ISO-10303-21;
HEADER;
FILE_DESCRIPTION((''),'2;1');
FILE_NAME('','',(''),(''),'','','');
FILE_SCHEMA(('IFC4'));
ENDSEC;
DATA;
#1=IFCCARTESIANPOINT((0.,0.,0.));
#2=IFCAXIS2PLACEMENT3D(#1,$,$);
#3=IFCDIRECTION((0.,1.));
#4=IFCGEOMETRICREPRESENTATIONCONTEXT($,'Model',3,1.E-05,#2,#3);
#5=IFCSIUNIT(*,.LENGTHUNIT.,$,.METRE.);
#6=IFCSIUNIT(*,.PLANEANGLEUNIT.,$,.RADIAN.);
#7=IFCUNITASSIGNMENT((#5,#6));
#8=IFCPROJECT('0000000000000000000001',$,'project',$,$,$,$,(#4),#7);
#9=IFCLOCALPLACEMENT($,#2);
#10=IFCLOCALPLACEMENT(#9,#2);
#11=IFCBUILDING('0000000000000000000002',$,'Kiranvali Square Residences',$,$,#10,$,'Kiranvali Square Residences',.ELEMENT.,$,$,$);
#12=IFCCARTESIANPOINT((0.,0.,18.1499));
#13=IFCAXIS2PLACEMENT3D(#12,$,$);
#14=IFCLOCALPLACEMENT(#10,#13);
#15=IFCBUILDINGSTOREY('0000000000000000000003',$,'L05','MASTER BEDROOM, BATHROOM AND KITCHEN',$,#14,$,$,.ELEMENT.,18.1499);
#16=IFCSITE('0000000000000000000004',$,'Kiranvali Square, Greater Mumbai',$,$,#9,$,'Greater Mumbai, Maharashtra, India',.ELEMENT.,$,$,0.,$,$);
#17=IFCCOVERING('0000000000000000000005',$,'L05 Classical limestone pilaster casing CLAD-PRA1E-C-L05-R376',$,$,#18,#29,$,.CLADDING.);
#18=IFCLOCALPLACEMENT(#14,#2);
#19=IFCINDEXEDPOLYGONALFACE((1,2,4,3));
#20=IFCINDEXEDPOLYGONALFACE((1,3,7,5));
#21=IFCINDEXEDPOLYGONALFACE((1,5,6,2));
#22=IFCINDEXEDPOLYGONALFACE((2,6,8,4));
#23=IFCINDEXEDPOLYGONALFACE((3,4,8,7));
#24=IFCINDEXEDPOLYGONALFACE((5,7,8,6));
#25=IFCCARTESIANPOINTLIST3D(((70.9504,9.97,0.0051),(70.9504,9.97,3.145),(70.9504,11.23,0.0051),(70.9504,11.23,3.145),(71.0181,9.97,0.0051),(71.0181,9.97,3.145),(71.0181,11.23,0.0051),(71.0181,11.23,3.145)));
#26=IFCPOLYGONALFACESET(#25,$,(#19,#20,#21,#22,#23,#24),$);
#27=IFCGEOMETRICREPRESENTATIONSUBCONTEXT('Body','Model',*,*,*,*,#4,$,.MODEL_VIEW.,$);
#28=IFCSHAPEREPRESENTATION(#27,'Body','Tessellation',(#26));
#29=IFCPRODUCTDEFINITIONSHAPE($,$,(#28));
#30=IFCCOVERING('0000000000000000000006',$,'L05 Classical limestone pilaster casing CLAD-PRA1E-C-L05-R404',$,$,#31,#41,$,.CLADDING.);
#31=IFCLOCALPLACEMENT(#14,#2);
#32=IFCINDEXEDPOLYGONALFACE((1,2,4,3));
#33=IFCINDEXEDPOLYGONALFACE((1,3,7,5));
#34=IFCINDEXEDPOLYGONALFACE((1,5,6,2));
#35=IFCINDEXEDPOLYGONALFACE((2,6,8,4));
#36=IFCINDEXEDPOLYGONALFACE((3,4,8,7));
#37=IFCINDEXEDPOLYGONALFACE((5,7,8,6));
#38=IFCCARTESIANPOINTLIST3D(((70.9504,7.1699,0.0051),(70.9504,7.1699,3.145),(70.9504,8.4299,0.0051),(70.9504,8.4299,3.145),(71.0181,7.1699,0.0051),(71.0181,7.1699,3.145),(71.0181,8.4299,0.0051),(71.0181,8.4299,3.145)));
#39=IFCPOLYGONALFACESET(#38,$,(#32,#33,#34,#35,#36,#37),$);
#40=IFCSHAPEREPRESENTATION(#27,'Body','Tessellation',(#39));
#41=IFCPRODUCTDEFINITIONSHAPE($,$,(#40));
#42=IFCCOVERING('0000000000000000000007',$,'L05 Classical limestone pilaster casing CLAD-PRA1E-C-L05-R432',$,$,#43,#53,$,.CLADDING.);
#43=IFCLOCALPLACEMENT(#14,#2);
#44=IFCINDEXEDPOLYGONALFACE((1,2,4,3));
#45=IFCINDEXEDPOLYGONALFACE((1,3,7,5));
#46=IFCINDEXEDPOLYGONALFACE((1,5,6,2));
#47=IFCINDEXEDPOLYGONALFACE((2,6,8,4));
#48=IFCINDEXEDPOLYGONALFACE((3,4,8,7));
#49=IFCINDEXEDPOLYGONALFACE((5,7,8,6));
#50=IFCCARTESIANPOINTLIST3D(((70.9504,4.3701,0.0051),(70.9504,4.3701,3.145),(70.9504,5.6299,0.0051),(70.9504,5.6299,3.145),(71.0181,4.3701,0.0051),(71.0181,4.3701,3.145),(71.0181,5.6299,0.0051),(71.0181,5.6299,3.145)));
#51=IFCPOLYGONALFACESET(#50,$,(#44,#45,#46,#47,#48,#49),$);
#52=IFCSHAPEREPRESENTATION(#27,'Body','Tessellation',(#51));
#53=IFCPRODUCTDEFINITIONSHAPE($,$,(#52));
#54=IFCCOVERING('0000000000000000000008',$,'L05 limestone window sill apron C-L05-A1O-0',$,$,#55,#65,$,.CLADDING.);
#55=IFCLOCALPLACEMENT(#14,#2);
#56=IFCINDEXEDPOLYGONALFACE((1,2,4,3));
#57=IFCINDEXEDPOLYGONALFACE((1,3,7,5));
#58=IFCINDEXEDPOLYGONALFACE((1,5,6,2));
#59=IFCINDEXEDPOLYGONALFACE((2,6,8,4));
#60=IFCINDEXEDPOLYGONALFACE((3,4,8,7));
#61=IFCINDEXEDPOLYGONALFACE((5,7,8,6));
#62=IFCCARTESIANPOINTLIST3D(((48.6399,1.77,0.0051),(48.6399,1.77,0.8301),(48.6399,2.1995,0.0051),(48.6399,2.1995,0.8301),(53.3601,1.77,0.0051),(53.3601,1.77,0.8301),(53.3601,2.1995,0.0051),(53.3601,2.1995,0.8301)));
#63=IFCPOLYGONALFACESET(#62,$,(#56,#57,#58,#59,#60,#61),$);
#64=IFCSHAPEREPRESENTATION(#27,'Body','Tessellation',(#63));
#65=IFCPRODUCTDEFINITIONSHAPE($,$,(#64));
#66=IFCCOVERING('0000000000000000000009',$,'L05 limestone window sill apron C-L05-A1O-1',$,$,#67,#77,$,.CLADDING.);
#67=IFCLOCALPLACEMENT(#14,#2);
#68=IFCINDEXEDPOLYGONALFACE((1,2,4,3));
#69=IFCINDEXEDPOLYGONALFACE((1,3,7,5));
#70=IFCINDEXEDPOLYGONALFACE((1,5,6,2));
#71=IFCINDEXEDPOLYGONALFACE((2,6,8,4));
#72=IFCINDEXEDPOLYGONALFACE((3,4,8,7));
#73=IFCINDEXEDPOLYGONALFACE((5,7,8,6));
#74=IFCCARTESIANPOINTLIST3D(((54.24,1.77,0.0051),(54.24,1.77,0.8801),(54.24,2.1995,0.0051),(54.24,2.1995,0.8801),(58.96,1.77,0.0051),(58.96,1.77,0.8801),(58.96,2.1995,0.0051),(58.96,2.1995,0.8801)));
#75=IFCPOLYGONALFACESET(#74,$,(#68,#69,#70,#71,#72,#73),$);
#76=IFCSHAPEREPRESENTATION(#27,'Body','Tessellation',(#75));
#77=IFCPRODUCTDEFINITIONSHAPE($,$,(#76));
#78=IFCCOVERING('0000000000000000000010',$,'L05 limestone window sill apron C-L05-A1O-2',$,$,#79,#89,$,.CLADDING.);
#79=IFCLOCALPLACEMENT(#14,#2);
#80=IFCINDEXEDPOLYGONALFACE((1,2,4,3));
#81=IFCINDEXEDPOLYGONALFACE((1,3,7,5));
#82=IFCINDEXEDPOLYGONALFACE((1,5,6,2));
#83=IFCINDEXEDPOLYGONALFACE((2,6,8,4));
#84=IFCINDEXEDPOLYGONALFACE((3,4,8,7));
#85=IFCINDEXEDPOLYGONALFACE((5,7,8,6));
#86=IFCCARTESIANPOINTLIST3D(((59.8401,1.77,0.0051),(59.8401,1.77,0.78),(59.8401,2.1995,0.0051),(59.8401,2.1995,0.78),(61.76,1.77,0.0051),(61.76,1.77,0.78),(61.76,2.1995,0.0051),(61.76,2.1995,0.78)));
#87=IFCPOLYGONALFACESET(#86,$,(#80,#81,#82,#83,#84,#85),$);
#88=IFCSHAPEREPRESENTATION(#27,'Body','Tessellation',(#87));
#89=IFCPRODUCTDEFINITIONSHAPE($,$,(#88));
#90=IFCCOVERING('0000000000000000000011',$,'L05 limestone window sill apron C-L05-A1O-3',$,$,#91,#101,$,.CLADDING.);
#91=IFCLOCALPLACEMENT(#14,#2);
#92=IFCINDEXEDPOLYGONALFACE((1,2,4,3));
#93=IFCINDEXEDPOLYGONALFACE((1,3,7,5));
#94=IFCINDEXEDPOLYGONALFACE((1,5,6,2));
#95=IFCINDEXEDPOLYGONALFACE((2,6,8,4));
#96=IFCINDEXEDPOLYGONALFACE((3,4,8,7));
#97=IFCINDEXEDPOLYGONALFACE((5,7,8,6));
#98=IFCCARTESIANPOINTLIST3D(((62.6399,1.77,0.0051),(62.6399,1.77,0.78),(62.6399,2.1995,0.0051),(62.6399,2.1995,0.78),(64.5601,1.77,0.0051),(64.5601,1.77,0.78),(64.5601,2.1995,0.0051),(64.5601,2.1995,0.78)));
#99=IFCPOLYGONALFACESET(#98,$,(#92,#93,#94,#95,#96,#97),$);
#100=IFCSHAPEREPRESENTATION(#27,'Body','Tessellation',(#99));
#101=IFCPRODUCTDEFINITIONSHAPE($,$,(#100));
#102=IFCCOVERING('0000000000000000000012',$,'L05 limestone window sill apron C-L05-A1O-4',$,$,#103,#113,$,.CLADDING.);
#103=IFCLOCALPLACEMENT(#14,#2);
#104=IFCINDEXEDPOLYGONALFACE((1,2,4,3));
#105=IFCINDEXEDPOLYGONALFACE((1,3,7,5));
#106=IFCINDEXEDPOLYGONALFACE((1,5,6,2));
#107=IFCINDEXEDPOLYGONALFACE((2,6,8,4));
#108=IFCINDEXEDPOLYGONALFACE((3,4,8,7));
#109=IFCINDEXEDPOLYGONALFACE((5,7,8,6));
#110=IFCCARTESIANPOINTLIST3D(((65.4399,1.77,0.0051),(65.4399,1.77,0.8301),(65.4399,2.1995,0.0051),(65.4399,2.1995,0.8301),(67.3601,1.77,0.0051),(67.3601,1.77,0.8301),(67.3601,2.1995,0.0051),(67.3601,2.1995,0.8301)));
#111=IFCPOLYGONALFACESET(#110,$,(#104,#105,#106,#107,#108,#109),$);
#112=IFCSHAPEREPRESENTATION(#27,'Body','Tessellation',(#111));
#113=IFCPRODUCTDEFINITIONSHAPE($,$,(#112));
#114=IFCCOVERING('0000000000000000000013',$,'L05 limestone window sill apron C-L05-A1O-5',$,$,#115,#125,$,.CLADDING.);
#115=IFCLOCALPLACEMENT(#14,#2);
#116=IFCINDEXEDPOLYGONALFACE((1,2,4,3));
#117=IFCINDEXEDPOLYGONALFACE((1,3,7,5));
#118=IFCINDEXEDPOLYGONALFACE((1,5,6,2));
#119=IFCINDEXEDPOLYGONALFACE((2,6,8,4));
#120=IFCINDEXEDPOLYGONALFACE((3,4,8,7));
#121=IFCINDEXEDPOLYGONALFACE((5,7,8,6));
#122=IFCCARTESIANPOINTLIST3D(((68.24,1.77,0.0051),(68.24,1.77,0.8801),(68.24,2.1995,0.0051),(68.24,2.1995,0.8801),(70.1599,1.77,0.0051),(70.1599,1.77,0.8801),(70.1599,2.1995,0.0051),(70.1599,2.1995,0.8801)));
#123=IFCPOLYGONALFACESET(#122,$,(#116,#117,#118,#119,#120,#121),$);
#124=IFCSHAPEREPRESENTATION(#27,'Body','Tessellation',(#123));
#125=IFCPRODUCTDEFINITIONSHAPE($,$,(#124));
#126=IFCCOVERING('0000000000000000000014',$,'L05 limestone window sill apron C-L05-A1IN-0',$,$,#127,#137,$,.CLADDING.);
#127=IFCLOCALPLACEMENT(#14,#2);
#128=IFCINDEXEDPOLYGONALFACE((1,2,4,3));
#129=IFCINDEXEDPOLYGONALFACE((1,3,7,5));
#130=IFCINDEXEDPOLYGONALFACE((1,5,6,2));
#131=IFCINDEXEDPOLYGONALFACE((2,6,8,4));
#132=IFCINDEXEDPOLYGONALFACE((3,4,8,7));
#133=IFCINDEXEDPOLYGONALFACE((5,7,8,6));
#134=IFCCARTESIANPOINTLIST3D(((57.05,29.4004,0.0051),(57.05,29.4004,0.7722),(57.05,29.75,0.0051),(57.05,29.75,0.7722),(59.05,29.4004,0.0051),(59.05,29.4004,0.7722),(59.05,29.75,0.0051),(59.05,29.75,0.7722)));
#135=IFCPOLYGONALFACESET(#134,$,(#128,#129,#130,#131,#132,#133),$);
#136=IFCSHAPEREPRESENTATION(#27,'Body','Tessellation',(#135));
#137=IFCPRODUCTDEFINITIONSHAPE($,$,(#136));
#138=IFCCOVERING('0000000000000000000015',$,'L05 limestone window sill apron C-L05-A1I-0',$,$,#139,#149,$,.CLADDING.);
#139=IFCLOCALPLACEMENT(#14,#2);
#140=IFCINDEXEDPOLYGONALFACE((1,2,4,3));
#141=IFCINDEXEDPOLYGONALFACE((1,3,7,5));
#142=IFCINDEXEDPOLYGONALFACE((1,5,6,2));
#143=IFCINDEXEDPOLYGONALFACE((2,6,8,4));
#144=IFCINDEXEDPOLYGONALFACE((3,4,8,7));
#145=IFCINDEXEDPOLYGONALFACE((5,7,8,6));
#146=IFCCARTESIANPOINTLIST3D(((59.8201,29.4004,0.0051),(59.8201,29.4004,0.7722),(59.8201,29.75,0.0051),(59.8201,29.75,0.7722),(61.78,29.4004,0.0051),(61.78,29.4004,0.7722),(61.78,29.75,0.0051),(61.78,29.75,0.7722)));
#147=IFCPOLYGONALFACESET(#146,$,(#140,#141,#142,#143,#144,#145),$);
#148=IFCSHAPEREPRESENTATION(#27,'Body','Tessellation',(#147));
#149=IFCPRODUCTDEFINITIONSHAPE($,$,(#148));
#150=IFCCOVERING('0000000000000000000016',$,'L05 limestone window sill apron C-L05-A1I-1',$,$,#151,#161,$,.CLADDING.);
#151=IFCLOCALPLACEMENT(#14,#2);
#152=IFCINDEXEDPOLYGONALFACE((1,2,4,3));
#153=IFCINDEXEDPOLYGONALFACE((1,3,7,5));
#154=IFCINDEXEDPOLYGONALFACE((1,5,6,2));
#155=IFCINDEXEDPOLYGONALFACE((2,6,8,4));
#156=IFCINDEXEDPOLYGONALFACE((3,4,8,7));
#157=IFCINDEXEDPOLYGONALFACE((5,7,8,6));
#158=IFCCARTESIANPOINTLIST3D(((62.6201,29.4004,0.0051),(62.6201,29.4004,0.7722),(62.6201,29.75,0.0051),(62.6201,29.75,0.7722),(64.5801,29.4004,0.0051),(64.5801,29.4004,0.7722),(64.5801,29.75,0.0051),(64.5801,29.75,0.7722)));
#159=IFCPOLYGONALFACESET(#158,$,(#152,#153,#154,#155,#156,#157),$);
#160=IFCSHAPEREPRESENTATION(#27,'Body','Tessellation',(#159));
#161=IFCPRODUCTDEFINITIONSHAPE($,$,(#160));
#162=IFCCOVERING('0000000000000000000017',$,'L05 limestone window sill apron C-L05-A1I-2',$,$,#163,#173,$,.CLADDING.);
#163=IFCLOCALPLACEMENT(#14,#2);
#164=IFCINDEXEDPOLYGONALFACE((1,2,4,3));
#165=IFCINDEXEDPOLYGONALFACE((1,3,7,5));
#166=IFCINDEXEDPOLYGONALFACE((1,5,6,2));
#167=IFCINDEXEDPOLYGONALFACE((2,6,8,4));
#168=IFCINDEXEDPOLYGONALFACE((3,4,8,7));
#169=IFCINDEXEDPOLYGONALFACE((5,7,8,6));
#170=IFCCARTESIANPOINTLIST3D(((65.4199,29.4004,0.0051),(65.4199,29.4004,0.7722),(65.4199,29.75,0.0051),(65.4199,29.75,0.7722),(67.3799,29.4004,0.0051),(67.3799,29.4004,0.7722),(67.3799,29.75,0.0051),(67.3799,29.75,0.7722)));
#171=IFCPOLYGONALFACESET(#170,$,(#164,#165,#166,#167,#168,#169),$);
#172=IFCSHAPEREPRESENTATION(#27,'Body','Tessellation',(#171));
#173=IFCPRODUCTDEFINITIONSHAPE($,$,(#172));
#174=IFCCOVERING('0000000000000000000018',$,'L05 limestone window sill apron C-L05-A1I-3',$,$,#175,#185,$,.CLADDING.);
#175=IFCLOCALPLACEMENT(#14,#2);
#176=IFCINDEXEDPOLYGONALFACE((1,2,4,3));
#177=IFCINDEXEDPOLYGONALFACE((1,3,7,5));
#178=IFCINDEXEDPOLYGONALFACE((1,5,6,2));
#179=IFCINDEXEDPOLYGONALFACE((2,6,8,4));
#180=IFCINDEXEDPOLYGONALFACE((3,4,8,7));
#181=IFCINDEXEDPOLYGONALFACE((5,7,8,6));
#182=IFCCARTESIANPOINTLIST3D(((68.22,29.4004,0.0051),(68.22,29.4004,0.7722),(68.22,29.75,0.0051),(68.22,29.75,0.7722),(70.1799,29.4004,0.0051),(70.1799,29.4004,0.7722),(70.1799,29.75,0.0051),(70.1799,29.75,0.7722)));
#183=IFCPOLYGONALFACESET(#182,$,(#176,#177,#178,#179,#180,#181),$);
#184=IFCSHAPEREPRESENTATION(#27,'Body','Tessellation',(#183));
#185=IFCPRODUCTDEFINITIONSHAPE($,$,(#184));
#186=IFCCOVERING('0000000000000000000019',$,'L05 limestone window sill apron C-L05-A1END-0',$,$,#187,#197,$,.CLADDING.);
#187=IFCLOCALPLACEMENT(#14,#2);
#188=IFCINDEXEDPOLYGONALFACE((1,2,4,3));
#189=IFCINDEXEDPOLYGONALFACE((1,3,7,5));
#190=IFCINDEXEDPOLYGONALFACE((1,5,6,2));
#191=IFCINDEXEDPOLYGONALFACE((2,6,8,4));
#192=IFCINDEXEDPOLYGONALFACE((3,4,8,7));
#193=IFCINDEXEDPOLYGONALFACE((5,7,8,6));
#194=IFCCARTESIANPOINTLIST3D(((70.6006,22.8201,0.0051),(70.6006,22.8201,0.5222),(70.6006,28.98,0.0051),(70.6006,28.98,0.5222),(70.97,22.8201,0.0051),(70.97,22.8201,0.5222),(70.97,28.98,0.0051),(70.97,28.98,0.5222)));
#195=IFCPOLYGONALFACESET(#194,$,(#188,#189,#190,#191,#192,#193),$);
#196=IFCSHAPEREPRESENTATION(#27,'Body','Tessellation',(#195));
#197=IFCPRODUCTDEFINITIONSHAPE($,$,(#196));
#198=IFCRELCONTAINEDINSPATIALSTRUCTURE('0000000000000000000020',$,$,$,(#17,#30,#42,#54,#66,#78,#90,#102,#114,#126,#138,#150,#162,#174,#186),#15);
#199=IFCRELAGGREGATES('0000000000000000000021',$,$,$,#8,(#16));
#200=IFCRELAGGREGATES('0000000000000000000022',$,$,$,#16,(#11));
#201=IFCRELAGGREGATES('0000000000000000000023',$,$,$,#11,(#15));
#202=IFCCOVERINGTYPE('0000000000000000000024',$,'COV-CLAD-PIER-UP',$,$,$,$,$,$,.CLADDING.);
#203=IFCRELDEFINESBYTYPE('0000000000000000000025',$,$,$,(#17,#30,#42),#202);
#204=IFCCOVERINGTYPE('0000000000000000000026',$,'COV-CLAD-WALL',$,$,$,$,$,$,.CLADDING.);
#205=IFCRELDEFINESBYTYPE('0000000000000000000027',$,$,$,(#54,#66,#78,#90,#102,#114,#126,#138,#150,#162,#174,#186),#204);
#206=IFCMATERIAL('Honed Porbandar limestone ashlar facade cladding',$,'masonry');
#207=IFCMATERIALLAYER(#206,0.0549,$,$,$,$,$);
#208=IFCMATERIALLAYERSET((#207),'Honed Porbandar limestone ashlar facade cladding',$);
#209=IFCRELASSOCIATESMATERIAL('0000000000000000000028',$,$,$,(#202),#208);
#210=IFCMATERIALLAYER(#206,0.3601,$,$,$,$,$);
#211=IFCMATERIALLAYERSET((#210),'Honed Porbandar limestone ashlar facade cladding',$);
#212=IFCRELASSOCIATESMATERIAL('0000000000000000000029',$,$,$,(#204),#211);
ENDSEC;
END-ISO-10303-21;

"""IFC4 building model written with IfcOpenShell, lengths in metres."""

from ifc_helpers import new_model, si_unit, direction, frame, origin, place, context, subcontext, project, spatial, polyline, outline, extrude, material, layer, layer_set, type_object, element, save


model = new_model("IFC4")

# Units and contexts
model_context = context("Model", 3, precision=1e-05, world=origin(), true_north=direction((0.0, 1.0)))
body_context = subcontext(model_context, "Body", "Model", "MODEL_VIEW")
ifc_project = project(units=[si_unit("LENGTHUNIT", "METRE"), si_unit("PLANEANGLEUNIT", "RADIAN")], contexts=[model_context])

# Site, building, storey
site_placement = place(None, origin())
site = spatial("IfcSite", under=ifc_project, at=site_placement, Name="Kiranvali Square, Greater Mumbai", LongName="Greater Mumbai, Maharashtra, India", CompositionType="ELEMENT", RefElevation=0.0)
building_placement = place(site_placement, origin())
building = spatial("IfcBuilding", under=site, at=building_placement, Name="Kiranvali Square Residences", LongName="Kiranvali Square Residences", CompositionType="ELEMENT")
storey_placement = place(building_placement, frame((0.0, 0.0, 18.1499)))
storey = spatial("IfcBuildingStorey", under=building, at=storey_placement, Name="L05", Description="MASTER BEDROOM, BATHROOM AND KITCHEN", CompositionType="ELEMENT", Elevation=18.1499)

# Coverings
ifc_material = material(Name="Honed Porbandar limestone ashlar facade cladding", Category="masonry")
ifc_layer_1 = layer(ifc_material, 0.0549)
ifc_layer_set_1 = layer_set([ifc_layer_1], Name="Honed Porbandar limestone ashlar facade cladding")
covering_type_1 = type_object("IfcCoveringType", Name="COV-CLAD-PIER-UP", PredefinedType="CLADDING", material=ifc_layer_set_1)
covering_1_placement = place(storey_placement, frame((0.0, 0.0, 0.0051)))
element("IfcCovering", 1, at=covering_1_placement, inside=storey, type_object=covering_type_1, Name="L05 Classical limestone pilaster casing CLAD-PRA1E-C-L05-R376", PredefinedType="CLADDING", context=body_context, shape_type="SweptSolid", body=[
    extrude(outline(polyline([(70.9504, 11.23), (70.9504, 9.97), (71.0181, 9.97), (71.0181, 11.23), (70.9504, 11.23)])), origin(), (0.0, 0.0, 1.0), 3.1399),
])
covering_2_placement = place(storey_placement, frame((0.0, 0.0, 0.0051)))
element("IfcCovering", 2, at=covering_2_placement, inside=storey, type_object=covering_type_1, Name="L05 Classical limestone pilaster casing CLAD-PRA1E-C-L05-R404", PredefinedType="CLADDING", context=body_context, shape_type="SweptSolid", body=[
    extrude(outline(polyline([(70.9504, 8.4299), (70.9504, 7.1699), (71.0181, 7.1699), (71.0181, 8.4299), (70.9504, 8.4299)])), origin(), (0.0, 0.0, 1.0), 3.1399),
])
covering_3_placement = place(storey_placement, frame((0.0, 0.0, 0.0051)))
element("IfcCovering", 3, at=covering_3_placement, inside=storey, type_object=covering_type_1, Name="L05 Classical limestone pilaster casing CLAD-PRA1E-C-L05-R432", PredefinedType="CLADDING", context=body_context, shape_type="SweptSolid", body=[
    extrude(outline(polyline([(70.9504, 5.6299), (70.9504, 4.3701), (71.0181, 4.3701), (71.0181, 5.6299), (70.9504, 5.6299)])), origin(), (0.0, 0.0, 1.0), 3.1399),
])
ifc_layer_2 = layer(ifc_material, 0.3601)
ifc_layer_set_2 = layer_set([ifc_layer_2], Name="Honed Porbandar limestone ashlar facade cladding")
covering_type_2 = type_object("IfcCoveringType", Name="COV-CLAD-WALL", PredefinedType="CLADDING", material=ifc_layer_set_2)
covering_4_placement = place(storey_placement, frame((0.0, 0.0, 0.0051)))
element("IfcCovering", 4, at=covering_4_placement, inside=storey, type_object=covering_type_2, Name="L05 limestone window sill apron C-L05-A1O-0", PredefinedType="CLADDING", context=body_context, shape_type="SweptSolid", body=[
    extrude(outline(polyline([(48.6399, 1.77), (53.3601, 1.77), (53.3601, 2.1995), (48.6399, 2.1995), (48.6399, 1.77)])), origin(), (0.0, 0.0, 1.0), 0.825),
])
covering_5_placement = place(storey_placement, frame((0.0, 0.0, 0.0051)))
element("IfcCovering", 5, at=covering_5_placement, inside=storey, type_object=covering_type_2, Name="L05 limestone window sill apron C-L05-A1O-1", PredefinedType="CLADDING", context=body_context, shape_type="SweptSolid", body=[
    extrude(outline(polyline([(54.24, 1.77), (58.96, 1.77), (58.96, 2.1995), (54.24, 2.1995), (54.24, 1.77)])), origin(), (0.0, 0.0, 1.0), 0.875),
])
covering_6_placement = place(storey_placement, frame((0.0, 0.0, 0.0051)))
element("IfcCovering", 6, at=covering_6_placement, inside=storey, type_object=covering_type_2, Name="L05 limestone window sill apron C-L05-A1O-2", PredefinedType="CLADDING", context=body_context, shape_type="SweptSolid", body=[
    extrude(outline(polyline([(59.8401, 1.77), (61.76, 1.77), (61.76, 2.1995), (59.8401, 2.1995), (59.8401, 1.77)])), origin(), (0.0, 0.0, 1.0), 0.7749),
])
covering_7_placement = place(storey_placement, frame((0.0, 0.0, 0.0051)))
element("IfcCovering", 7, at=covering_7_placement, inside=storey, type_object=covering_type_2, Name="L05 limestone window sill apron C-L05-A1O-3", PredefinedType="CLADDING", context=body_context, shape_type="SweptSolid", body=[
    extrude(outline(polyline([(62.6399, 1.77), (64.5601, 1.77), (64.5601, 2.1995), (62.6399, 2.1995), (62.6399, 1.77)])), origin(), (0.0, 0.0, 1.0), 0.7749),
])
covering_8_placement = place(storey_placement, frame((0.0, 0.0, 0.0051)))
element("IfcCovering", 8, at=covering_8_placement, inside=storey, type_object=covering_type_2, Name="L05 limestone window sill apron C-L05-A1O-4", PredefinedType="CLADDING", context=body_context, shape_type="SweptSolid", body=[
    extrude(outline(polyline([(65.4399, 1.77), (67.3601, 1.77), (67.3601, 2.1995), (65.4399, 2.1995), (65.4399, 1.77)])), origin(), (0.0, 0.0, 1.0), 0.825),
])
covering_9_placement = place(storey_placement, frame((0.0, 0.0, 0.0051)))
element("IfcCovering", 9, at=covering_9_placement, inside=storey, type_object=covering_type_2, Name="L05 limestone window sill apron C-L05-A1O-5", PredefinedType="CLADDING", context=body_context, shape_type="SweptSolid", body=[
    extrude(outline(polyline([(68.24, 1.77), (70.1599, 1.77), (70.1599, 2.1995), (68.24, 2.1995), (68.24, 1.77)])), origin(), (0.0, 0.0, 1.0), 0.875),
])
covering_10_placement = place(storey_placement, frame((0.0, 0.0, 0.0051)))
element("IfcCovering", 10, at=covering_10_placement, inside=storey, type_object=covering_type_2, Name="L05 limestone window sill apron C-L05-A1IN-0", PredefinedType="CLADDING", context=body_context, shape_type="SweptSolid", body=[
    extrude(outline(polyline([(57.05, 29.4004), (59.05, 29.4004), (59.05, 29.75), (57.05, 29.75), (57.05, 29.4004)])), origin(), (0.0, 0.0, 1.0), 0.7671),
])
covering_11_placement = place(storey_placement, frame((0.0, 0.0, 0.0051)))
element("IfcCovering", 11, at=covering_11_placement, inside=storey, type_object=covering_type_2, Name="L05 limestone window sill apron C-L05-A1I-0", PredefinedType="CLADDING", context=body_context, shape_type="SweptSolid", body=[
    extrude(outline(polyline([(59.8201, 29.4004), (61.78, 29.4004), (61.78, 29.75), (59.8201, 29.75), (59.8201, 29.4004)])), origin(), (0.0, 0.0, 1.0), 0.7671),
])
covering_12_placement = place(storey_placement, frame((0.0, 0.0, 0.0051)))
element("IfcCovering", 12, at=covering_12_placement, inside=storey, type_object=covering_type_2, Name="L05 limestone window sill apron C-L05-A1I-1", PredefinedType="CLADDING", context=body_context, shape_type="SweptSolid", body=[
    extrude(outline(polyline([(62.6201, 29.4004), (64.5801, 29.4004), (64.5801, 29.75), (62.6201, 29.75), (62.6201, 29.4004)])), origin(), (0.0, 0.0, 1.0), 0.7671),
])
covering_13_placement = place(storey_placement, frame((0.0, 0.0, 0.0051)))
element("IfcCovering", 13, at=covering_13_placement, inside=storey, type_object=covering_type_2, Name="L05 limestone window sill apron C-L05-A1I-2", PredefinedType="CLADDING", context=body_context, shape_type="SweptSolid", body=[
    extrude(outline(polyline([(65.4199, 29.4004), (67.3799, 29.4004), (67.3799, 29.75), (65.4199, 29.75), (65.4199, 29.4004)])), origin(), (0.0, 0.0, 1.0), 0.7671),
])
covering_14_placement = place(storey_placement, frame((0.0, 0.0, 0.0051)))
element("IfcCovering", 14, at=covering_14_placement, inside=storey, type_object=covering_type_2, Name="L05 limestone window sill apron C-L05-A1I-3", PredefinedType="CLADDING", context=body_context, shape_type="SweptSolid", body=[
    extrude(outline(polyline([(68.22, 29.4004), (70.1799, 29.4004), (70.1799, 29.75), (68.22, 29.75), (68.22, 29.4004)])), origin(), (0.0, 0.0, 1.0), 0.7671),
])
covering_15_placement = place(storey_placement, frame((0.0, 0.0, 0.0051)))
element("IfcCovering", 15, at=covering_15_placement, inside=storey, type_object=covering_type_2, Name="L05 limestone window sill apron C-L05-A1END-0", PredefinedType="CLADDING", context=body_context, shape_type="SweptSolid", body=[
    extrude(outline(polyline([(70.6006, 28.98), (70.6006, 22.8201), (70.97, 22.8201), (70.97, 28.98), (70.6006, 28.98)])), origin(), (0.0, 0.0, 1.0), 0.5171),
])

save(model, "model.ifc")
